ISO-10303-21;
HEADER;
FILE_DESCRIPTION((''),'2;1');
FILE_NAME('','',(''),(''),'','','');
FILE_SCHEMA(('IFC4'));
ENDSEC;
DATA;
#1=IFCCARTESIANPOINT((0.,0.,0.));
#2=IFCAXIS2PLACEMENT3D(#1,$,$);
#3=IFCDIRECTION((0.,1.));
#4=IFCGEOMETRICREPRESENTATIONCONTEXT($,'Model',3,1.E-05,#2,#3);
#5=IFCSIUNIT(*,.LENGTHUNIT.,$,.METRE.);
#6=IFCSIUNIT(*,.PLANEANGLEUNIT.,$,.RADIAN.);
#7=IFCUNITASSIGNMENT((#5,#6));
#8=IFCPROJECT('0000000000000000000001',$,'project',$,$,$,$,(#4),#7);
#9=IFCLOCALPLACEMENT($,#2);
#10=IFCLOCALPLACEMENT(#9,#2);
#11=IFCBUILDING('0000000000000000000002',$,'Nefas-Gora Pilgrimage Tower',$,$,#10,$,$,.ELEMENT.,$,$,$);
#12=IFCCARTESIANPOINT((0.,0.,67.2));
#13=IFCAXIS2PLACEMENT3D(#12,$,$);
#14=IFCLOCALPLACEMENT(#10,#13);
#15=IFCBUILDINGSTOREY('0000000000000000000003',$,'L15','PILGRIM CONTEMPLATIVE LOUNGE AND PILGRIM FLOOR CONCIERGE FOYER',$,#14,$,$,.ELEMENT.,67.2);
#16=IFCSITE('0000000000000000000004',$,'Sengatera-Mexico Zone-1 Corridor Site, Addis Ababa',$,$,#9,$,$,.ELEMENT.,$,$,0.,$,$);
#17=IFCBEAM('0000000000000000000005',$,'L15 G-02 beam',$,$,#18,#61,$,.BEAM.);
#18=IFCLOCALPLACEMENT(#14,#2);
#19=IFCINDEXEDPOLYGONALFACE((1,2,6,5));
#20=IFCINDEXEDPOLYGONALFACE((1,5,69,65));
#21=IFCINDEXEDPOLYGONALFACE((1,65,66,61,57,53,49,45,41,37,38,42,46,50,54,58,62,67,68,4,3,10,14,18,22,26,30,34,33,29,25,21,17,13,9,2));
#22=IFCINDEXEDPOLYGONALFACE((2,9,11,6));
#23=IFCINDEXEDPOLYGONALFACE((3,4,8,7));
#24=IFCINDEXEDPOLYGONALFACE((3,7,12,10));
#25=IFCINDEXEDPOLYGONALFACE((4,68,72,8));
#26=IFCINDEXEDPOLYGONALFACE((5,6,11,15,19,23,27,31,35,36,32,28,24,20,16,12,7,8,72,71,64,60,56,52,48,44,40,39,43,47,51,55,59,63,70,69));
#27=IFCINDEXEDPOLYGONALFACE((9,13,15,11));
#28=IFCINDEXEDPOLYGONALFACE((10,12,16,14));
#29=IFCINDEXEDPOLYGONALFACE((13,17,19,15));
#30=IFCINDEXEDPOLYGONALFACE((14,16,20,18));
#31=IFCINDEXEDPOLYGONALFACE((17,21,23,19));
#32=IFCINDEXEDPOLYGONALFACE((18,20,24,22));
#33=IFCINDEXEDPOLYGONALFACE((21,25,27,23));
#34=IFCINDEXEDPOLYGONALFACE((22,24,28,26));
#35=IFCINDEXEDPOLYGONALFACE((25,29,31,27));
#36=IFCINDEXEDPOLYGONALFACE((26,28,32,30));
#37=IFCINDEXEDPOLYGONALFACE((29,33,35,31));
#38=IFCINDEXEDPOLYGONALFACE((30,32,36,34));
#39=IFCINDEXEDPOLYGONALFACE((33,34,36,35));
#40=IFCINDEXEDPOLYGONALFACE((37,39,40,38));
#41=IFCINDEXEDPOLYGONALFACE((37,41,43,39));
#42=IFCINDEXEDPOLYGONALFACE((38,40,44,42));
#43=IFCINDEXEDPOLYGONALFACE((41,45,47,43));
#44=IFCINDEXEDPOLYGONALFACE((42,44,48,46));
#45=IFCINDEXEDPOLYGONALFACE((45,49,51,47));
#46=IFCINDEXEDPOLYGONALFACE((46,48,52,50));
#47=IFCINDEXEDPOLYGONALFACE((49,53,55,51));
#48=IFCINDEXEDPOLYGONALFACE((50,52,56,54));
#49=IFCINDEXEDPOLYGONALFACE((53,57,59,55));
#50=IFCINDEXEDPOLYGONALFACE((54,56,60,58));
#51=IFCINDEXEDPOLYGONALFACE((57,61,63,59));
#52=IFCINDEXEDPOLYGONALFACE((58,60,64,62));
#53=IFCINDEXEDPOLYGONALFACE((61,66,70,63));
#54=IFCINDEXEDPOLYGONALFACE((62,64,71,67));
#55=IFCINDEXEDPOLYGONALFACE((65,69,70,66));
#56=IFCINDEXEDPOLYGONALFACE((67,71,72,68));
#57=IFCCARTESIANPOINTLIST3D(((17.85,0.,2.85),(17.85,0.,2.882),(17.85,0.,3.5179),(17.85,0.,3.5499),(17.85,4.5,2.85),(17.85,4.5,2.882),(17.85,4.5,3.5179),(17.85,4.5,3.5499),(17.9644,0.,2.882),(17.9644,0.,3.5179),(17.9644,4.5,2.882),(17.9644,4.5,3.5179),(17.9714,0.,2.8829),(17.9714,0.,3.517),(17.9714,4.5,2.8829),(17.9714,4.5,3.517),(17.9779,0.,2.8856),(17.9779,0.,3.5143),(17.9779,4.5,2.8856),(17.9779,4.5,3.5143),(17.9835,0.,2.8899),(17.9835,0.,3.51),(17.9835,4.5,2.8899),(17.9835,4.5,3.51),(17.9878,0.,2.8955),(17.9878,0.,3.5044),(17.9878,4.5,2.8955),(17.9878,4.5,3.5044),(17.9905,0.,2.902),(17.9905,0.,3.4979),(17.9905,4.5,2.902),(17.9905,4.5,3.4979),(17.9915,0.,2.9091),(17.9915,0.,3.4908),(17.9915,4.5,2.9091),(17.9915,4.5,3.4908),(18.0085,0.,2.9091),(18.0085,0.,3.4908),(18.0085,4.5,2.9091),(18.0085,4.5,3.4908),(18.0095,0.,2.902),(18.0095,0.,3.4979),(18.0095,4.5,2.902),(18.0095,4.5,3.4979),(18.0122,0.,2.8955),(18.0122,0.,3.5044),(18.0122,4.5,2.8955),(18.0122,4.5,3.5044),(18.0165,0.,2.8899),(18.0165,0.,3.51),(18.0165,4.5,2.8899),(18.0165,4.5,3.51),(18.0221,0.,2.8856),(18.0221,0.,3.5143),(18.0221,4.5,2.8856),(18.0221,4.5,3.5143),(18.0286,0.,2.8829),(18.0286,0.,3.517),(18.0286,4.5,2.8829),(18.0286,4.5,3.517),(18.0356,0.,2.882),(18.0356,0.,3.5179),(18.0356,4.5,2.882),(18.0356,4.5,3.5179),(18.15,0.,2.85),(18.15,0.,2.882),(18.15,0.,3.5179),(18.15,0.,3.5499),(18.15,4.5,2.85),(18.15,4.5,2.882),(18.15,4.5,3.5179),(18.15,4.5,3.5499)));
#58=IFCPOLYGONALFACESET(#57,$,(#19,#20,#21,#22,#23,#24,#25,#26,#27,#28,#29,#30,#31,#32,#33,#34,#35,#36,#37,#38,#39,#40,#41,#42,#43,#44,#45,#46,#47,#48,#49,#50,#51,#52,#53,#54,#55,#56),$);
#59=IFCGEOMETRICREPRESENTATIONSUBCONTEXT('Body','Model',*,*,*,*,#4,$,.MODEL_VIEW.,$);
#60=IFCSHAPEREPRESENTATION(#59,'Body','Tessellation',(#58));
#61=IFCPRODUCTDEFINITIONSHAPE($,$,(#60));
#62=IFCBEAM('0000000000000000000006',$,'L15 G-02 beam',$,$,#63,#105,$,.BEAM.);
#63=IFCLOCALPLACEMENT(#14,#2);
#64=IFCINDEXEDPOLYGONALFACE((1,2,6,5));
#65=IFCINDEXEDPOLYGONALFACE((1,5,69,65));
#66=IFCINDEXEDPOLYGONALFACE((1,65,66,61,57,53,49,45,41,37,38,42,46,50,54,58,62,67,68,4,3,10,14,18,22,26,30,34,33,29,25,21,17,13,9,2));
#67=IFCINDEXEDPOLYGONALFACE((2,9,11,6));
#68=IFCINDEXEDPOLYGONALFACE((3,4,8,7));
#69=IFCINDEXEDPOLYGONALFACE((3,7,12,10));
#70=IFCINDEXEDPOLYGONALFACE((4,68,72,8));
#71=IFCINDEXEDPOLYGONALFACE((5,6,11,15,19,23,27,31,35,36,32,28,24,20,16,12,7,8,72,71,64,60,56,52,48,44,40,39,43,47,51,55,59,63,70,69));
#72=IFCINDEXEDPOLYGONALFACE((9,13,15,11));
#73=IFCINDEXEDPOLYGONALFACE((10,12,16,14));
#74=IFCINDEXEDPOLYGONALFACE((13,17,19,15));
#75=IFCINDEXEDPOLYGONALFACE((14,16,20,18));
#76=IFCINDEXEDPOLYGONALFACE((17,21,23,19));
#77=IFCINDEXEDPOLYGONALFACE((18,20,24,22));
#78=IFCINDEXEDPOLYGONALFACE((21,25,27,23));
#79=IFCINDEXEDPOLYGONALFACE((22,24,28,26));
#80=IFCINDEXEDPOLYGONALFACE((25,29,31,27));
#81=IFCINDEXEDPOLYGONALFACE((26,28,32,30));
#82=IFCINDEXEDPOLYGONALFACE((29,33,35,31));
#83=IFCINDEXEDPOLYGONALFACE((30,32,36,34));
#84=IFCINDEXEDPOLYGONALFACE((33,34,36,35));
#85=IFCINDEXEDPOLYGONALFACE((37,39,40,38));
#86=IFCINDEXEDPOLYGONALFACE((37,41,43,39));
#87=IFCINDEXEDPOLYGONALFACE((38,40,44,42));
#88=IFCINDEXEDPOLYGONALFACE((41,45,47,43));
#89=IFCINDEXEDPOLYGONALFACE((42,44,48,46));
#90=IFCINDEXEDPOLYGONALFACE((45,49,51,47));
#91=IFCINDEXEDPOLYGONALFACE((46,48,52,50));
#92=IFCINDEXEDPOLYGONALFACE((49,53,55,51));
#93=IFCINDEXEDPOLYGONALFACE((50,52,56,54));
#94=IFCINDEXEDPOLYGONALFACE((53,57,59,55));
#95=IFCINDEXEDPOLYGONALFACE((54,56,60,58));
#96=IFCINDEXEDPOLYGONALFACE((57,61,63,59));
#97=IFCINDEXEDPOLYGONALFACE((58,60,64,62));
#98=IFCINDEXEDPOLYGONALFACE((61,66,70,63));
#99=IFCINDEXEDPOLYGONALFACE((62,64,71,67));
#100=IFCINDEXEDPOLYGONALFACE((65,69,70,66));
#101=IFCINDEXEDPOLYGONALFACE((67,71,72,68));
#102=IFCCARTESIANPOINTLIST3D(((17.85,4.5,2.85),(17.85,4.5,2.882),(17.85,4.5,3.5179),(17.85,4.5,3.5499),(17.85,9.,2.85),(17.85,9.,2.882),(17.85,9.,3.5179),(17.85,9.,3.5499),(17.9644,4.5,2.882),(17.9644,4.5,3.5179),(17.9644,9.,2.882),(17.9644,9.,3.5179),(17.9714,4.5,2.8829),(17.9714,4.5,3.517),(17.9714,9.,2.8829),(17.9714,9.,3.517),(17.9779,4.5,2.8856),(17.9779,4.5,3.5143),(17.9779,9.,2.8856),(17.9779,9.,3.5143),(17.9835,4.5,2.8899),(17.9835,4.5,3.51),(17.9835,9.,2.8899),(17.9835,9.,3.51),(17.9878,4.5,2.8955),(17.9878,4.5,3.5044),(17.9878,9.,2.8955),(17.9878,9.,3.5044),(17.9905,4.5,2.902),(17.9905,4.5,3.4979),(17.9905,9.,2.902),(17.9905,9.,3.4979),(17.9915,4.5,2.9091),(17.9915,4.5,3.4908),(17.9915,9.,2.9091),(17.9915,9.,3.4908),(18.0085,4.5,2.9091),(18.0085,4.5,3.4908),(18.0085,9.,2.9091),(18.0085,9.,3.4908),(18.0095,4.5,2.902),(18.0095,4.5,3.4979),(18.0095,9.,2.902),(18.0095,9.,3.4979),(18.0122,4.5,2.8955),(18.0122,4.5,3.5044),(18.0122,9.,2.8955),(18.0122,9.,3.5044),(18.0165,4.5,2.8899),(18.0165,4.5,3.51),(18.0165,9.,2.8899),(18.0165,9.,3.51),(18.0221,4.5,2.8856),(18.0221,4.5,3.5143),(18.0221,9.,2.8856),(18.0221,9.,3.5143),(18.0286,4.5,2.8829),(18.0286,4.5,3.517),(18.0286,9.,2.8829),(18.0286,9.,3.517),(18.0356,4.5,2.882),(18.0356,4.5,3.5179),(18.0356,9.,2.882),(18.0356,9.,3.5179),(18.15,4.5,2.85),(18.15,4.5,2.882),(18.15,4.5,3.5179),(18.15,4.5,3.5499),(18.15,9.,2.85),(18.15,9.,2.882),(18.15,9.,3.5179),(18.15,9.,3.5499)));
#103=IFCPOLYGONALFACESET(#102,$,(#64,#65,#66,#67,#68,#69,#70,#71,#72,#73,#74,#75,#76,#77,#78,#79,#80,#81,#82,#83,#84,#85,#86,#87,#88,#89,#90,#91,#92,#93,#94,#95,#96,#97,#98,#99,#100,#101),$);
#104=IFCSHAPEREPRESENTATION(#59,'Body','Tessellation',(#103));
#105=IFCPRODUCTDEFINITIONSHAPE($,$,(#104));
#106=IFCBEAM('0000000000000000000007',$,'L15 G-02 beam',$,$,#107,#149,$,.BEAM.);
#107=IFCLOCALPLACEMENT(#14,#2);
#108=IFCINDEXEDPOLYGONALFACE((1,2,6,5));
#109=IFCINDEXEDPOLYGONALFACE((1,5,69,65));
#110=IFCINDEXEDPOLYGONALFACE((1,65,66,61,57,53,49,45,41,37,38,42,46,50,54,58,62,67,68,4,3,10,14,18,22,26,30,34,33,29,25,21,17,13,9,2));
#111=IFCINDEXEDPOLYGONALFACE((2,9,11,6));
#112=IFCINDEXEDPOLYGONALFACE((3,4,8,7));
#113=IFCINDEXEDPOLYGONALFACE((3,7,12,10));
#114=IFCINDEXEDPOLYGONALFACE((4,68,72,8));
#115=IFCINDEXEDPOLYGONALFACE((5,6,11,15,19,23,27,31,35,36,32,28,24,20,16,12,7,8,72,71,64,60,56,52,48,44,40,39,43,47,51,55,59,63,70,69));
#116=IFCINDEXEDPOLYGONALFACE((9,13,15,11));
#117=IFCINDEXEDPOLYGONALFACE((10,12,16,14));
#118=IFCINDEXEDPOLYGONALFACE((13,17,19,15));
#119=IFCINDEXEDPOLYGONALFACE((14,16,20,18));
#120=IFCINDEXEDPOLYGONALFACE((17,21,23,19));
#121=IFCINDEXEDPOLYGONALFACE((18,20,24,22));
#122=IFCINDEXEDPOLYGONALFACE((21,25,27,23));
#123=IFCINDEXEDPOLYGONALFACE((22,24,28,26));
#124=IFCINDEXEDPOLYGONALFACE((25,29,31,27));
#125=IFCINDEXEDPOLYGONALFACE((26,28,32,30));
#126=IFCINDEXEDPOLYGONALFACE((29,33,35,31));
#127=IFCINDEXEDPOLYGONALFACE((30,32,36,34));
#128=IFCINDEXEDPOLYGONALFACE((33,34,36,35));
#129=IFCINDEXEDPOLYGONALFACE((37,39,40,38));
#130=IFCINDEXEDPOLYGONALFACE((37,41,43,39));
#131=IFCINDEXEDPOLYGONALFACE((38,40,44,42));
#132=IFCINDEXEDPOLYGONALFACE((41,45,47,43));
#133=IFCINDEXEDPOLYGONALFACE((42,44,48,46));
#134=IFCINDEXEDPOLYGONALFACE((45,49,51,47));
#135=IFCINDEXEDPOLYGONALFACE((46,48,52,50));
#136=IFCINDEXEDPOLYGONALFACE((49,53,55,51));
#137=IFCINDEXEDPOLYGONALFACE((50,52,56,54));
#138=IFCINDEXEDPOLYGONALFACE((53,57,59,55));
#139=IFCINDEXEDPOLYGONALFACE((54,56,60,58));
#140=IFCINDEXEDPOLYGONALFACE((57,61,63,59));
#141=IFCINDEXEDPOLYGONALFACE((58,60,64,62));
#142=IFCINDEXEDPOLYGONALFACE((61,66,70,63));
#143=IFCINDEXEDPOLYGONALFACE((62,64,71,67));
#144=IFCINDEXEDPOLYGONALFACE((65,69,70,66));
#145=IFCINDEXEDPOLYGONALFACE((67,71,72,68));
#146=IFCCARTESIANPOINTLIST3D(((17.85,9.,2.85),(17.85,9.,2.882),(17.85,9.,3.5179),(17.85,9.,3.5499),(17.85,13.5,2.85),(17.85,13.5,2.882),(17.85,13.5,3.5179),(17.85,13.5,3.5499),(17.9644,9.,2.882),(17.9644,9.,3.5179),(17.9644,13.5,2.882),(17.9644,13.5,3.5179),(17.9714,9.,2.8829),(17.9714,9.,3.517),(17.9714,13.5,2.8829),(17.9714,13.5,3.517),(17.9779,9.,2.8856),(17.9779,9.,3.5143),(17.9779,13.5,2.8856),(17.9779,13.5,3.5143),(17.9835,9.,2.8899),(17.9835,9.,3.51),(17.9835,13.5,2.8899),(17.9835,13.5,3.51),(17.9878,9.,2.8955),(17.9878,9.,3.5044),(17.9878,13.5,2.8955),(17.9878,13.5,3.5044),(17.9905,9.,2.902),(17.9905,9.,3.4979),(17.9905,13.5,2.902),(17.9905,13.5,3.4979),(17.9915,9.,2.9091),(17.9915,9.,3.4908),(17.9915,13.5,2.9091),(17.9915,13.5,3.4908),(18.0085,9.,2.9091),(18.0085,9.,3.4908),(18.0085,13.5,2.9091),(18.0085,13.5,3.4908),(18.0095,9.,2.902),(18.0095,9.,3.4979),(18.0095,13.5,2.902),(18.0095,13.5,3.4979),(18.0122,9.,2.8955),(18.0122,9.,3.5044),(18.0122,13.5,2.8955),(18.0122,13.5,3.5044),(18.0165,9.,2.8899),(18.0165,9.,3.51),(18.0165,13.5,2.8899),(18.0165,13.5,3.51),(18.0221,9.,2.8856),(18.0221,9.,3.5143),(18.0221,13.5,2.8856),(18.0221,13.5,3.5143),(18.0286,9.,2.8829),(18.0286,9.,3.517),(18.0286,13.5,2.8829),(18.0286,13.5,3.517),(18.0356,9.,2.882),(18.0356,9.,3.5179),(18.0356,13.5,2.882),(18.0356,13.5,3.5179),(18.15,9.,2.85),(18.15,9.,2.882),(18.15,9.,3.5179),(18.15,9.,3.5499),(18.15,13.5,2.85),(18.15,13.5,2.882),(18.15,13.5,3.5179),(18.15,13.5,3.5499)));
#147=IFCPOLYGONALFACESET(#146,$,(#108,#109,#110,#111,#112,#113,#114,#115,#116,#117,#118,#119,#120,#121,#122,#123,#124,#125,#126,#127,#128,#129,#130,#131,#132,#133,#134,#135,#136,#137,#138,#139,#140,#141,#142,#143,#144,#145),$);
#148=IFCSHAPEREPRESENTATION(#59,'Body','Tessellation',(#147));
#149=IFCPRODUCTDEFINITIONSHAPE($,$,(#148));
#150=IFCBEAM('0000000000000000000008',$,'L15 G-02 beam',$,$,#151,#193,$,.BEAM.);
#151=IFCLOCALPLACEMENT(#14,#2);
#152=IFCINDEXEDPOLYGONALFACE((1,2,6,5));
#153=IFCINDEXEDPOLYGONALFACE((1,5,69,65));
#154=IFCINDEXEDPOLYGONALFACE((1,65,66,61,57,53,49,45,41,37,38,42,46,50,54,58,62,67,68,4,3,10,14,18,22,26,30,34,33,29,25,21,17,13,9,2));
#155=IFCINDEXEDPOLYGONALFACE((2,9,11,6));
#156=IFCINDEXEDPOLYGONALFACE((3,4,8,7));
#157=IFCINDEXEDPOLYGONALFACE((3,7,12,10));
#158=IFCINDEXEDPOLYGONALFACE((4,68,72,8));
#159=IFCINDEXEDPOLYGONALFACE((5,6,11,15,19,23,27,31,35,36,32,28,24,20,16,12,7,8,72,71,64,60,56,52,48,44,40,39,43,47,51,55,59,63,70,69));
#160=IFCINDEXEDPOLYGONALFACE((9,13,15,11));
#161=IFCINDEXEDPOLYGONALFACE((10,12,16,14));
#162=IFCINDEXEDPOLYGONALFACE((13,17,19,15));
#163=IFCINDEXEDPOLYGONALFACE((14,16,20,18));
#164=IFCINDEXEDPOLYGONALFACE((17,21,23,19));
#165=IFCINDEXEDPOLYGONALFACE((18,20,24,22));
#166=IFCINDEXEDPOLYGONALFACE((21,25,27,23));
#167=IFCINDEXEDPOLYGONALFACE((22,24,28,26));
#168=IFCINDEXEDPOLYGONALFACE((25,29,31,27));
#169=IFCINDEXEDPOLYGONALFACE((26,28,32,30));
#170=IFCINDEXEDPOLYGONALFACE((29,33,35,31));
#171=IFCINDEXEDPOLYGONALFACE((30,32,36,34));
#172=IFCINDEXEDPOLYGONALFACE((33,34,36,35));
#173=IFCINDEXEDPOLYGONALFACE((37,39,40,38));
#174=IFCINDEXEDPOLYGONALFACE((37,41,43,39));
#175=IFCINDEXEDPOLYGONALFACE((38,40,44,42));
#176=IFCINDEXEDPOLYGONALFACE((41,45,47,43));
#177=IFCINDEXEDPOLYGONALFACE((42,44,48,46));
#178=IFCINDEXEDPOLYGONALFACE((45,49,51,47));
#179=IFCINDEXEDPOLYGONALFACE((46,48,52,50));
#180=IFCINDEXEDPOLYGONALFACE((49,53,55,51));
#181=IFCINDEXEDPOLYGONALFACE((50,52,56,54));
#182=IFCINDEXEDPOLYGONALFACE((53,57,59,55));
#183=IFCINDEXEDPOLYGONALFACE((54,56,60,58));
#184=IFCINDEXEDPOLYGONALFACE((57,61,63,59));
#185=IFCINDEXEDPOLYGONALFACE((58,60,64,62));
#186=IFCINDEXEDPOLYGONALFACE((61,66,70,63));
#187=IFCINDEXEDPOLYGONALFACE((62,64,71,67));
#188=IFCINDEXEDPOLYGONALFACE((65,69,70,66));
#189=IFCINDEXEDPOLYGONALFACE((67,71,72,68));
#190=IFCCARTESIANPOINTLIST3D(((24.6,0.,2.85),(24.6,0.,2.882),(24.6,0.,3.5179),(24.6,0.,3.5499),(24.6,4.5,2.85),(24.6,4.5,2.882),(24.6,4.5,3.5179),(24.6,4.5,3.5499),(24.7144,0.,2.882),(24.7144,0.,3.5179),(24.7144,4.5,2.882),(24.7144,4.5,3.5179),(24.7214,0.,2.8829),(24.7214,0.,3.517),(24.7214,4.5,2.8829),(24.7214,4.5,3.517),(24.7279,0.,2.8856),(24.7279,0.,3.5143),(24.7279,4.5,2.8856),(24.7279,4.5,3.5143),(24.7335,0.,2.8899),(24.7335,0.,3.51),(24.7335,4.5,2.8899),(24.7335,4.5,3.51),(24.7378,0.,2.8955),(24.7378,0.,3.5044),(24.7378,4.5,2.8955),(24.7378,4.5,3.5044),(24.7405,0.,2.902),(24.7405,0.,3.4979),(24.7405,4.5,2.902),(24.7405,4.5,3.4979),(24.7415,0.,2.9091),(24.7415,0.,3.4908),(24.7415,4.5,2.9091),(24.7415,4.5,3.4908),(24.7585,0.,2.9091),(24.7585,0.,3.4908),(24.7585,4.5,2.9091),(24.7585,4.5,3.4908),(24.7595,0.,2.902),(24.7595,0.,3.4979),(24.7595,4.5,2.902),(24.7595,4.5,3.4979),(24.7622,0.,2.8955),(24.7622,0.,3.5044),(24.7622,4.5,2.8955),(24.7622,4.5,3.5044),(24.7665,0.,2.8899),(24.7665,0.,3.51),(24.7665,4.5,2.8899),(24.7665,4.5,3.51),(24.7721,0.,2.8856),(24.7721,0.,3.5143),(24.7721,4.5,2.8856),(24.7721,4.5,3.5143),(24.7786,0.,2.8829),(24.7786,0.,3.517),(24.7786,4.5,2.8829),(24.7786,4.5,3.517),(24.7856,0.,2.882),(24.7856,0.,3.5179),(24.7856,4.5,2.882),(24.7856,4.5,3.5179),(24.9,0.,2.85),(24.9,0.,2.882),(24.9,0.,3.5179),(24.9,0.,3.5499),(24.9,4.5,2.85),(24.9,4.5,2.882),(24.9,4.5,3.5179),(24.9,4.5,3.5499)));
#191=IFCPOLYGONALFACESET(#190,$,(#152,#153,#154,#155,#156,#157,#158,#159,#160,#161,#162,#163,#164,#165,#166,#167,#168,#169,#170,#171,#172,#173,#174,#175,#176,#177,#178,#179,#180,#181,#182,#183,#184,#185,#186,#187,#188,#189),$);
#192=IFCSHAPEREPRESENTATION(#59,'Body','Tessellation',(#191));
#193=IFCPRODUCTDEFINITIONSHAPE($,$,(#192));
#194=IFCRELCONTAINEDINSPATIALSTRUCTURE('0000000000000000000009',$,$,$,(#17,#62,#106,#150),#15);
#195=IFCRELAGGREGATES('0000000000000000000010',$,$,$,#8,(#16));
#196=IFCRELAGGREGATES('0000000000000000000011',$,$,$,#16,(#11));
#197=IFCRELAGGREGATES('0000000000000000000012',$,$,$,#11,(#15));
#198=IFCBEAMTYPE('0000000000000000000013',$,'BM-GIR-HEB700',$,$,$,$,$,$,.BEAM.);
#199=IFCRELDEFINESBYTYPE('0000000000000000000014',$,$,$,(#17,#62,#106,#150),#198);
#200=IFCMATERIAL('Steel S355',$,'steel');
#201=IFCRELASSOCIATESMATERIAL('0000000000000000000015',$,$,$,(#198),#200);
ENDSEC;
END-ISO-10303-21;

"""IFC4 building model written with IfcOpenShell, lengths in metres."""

from ifc_helpers import new_model, si_unit, direction, frame, origin, origin_2d, place, context, subcontext, project, spatial, i_section, extrude, source, transform, mapped, material, material_profile, profile_set, type_object, element, save


model = new_model("IFC4")

# Units and contexts
model_context = context("Model", 3, precision=1e-05, world=origin(), true_north=direction((0.0, 1.0)))
body_context = subcontext(model_context, "Body", "Model", "MODEL_VIEW")
ifc_project = project(units=[si_unit("LENGTHUNIT", "METRE"), si_unit("PLANEANGLEUNIT", "RADIAN")], contexts=[model_context])

# Site, building, storey
site_placement = place(None, origin())
site = spatial("IfcSite", under=ifc_project, at=site_placement, Name="Sengatera-Mexico Zone-1 Corridor Site, Addis Ababa", CompositionType="ELEMENT", RefElevation=0.0)
building_placement = place(site_placement, origin())
building = spatial("IfcBuilding", under=site, at=building_placement, Name="Nefas-Gora Pilgrimage Tower", CompositionType="ELEMENT")
storey_placement = place(building_placement, frame((0.0, 0.0, 67.2)))
storey = spatial("IfcBuildingStorey", under=building, at=storey_placement, Name="L15", Description="PILGRIM CONTEMPLATIVE LOUNGE AND PILGRIM FLOOR CONCIERGE FOYER", CompositionType="ELEMENT", Elevation=67.2)

# Beams
ifc_material_1 = material(Name="Steel S355", Category="steel")
ifc_material_profile_1 = material_profile(ifc_material_1, i_section(OverallWidth=0.3, OverallDepth=0.7, WebThickness=0.0171, FlangeThickness=0.032, FilletRadius=0.0271, at=origin_2d()), Name="HEB 700")
ifc_profile_set_1 = profile_set([ifc_material_profile_1], Name="Steel S355")
beam_type_1 = type_object("IfcBeamType", Name="BM-GIR-HEB700", PredefinedType="BEAM", material=ifc_profile_set_1)
shared_shape_1 = source(origin(), body_context, "Body", "SweptSolid", [
    extrude(i_section(OverallWidth=0.3, OverallDepth=0.7, WebThickness=0.0171, FlangeThickness=0.032, FilletRadius=0.0271, at=origin_2d()), origin(), (0.0, 0.0, 1.0), 4.5),
])
for number, where, z_axis, x_axis, name in (
    (1, (18.0, 0.0, 3.2), (0.0, 1.0, 0.0), (-1.0, 0.0, 0.0), "L15 G-02 beam"),
    (2, (18.0, 4.5, 3.2), (0.0, 1.0, 0.0), (-1.0, 0.0, 0.0), "L15 G-02 beam"),
    (3, (18.0, 9.0, 3.2), (0.0, 1.0, 0.0), (-1.0, 0.0, 0.0), "L15 G-02 beam"),
    (4, (24.75, 0.0, 3.2), (0.0, 1.0, 0.0), (-1.0, 0.0, 0.0), "L15 G-02 beam"),
):
    element("IfcBeam", number, at=place(storey_placement, frame(where, z_axis=z_axis, x_axis=x_axis)), inside=storey, type_object=beam_type_1, Name=name, PredefinedType="BEAM", context=body_context, shape_type="MappedRepresentation", body=[
        mapped(shared_shape_1, transform((0.0, 0.0, 0.0), x_axis=(1.0, 0.0, 0.0), y_axis=(0.0, 1.0, 0.0), z_axis=(0.0, 0.0, 1.0), scale=1.0)),
    ])

save(model, "model.ifc")
